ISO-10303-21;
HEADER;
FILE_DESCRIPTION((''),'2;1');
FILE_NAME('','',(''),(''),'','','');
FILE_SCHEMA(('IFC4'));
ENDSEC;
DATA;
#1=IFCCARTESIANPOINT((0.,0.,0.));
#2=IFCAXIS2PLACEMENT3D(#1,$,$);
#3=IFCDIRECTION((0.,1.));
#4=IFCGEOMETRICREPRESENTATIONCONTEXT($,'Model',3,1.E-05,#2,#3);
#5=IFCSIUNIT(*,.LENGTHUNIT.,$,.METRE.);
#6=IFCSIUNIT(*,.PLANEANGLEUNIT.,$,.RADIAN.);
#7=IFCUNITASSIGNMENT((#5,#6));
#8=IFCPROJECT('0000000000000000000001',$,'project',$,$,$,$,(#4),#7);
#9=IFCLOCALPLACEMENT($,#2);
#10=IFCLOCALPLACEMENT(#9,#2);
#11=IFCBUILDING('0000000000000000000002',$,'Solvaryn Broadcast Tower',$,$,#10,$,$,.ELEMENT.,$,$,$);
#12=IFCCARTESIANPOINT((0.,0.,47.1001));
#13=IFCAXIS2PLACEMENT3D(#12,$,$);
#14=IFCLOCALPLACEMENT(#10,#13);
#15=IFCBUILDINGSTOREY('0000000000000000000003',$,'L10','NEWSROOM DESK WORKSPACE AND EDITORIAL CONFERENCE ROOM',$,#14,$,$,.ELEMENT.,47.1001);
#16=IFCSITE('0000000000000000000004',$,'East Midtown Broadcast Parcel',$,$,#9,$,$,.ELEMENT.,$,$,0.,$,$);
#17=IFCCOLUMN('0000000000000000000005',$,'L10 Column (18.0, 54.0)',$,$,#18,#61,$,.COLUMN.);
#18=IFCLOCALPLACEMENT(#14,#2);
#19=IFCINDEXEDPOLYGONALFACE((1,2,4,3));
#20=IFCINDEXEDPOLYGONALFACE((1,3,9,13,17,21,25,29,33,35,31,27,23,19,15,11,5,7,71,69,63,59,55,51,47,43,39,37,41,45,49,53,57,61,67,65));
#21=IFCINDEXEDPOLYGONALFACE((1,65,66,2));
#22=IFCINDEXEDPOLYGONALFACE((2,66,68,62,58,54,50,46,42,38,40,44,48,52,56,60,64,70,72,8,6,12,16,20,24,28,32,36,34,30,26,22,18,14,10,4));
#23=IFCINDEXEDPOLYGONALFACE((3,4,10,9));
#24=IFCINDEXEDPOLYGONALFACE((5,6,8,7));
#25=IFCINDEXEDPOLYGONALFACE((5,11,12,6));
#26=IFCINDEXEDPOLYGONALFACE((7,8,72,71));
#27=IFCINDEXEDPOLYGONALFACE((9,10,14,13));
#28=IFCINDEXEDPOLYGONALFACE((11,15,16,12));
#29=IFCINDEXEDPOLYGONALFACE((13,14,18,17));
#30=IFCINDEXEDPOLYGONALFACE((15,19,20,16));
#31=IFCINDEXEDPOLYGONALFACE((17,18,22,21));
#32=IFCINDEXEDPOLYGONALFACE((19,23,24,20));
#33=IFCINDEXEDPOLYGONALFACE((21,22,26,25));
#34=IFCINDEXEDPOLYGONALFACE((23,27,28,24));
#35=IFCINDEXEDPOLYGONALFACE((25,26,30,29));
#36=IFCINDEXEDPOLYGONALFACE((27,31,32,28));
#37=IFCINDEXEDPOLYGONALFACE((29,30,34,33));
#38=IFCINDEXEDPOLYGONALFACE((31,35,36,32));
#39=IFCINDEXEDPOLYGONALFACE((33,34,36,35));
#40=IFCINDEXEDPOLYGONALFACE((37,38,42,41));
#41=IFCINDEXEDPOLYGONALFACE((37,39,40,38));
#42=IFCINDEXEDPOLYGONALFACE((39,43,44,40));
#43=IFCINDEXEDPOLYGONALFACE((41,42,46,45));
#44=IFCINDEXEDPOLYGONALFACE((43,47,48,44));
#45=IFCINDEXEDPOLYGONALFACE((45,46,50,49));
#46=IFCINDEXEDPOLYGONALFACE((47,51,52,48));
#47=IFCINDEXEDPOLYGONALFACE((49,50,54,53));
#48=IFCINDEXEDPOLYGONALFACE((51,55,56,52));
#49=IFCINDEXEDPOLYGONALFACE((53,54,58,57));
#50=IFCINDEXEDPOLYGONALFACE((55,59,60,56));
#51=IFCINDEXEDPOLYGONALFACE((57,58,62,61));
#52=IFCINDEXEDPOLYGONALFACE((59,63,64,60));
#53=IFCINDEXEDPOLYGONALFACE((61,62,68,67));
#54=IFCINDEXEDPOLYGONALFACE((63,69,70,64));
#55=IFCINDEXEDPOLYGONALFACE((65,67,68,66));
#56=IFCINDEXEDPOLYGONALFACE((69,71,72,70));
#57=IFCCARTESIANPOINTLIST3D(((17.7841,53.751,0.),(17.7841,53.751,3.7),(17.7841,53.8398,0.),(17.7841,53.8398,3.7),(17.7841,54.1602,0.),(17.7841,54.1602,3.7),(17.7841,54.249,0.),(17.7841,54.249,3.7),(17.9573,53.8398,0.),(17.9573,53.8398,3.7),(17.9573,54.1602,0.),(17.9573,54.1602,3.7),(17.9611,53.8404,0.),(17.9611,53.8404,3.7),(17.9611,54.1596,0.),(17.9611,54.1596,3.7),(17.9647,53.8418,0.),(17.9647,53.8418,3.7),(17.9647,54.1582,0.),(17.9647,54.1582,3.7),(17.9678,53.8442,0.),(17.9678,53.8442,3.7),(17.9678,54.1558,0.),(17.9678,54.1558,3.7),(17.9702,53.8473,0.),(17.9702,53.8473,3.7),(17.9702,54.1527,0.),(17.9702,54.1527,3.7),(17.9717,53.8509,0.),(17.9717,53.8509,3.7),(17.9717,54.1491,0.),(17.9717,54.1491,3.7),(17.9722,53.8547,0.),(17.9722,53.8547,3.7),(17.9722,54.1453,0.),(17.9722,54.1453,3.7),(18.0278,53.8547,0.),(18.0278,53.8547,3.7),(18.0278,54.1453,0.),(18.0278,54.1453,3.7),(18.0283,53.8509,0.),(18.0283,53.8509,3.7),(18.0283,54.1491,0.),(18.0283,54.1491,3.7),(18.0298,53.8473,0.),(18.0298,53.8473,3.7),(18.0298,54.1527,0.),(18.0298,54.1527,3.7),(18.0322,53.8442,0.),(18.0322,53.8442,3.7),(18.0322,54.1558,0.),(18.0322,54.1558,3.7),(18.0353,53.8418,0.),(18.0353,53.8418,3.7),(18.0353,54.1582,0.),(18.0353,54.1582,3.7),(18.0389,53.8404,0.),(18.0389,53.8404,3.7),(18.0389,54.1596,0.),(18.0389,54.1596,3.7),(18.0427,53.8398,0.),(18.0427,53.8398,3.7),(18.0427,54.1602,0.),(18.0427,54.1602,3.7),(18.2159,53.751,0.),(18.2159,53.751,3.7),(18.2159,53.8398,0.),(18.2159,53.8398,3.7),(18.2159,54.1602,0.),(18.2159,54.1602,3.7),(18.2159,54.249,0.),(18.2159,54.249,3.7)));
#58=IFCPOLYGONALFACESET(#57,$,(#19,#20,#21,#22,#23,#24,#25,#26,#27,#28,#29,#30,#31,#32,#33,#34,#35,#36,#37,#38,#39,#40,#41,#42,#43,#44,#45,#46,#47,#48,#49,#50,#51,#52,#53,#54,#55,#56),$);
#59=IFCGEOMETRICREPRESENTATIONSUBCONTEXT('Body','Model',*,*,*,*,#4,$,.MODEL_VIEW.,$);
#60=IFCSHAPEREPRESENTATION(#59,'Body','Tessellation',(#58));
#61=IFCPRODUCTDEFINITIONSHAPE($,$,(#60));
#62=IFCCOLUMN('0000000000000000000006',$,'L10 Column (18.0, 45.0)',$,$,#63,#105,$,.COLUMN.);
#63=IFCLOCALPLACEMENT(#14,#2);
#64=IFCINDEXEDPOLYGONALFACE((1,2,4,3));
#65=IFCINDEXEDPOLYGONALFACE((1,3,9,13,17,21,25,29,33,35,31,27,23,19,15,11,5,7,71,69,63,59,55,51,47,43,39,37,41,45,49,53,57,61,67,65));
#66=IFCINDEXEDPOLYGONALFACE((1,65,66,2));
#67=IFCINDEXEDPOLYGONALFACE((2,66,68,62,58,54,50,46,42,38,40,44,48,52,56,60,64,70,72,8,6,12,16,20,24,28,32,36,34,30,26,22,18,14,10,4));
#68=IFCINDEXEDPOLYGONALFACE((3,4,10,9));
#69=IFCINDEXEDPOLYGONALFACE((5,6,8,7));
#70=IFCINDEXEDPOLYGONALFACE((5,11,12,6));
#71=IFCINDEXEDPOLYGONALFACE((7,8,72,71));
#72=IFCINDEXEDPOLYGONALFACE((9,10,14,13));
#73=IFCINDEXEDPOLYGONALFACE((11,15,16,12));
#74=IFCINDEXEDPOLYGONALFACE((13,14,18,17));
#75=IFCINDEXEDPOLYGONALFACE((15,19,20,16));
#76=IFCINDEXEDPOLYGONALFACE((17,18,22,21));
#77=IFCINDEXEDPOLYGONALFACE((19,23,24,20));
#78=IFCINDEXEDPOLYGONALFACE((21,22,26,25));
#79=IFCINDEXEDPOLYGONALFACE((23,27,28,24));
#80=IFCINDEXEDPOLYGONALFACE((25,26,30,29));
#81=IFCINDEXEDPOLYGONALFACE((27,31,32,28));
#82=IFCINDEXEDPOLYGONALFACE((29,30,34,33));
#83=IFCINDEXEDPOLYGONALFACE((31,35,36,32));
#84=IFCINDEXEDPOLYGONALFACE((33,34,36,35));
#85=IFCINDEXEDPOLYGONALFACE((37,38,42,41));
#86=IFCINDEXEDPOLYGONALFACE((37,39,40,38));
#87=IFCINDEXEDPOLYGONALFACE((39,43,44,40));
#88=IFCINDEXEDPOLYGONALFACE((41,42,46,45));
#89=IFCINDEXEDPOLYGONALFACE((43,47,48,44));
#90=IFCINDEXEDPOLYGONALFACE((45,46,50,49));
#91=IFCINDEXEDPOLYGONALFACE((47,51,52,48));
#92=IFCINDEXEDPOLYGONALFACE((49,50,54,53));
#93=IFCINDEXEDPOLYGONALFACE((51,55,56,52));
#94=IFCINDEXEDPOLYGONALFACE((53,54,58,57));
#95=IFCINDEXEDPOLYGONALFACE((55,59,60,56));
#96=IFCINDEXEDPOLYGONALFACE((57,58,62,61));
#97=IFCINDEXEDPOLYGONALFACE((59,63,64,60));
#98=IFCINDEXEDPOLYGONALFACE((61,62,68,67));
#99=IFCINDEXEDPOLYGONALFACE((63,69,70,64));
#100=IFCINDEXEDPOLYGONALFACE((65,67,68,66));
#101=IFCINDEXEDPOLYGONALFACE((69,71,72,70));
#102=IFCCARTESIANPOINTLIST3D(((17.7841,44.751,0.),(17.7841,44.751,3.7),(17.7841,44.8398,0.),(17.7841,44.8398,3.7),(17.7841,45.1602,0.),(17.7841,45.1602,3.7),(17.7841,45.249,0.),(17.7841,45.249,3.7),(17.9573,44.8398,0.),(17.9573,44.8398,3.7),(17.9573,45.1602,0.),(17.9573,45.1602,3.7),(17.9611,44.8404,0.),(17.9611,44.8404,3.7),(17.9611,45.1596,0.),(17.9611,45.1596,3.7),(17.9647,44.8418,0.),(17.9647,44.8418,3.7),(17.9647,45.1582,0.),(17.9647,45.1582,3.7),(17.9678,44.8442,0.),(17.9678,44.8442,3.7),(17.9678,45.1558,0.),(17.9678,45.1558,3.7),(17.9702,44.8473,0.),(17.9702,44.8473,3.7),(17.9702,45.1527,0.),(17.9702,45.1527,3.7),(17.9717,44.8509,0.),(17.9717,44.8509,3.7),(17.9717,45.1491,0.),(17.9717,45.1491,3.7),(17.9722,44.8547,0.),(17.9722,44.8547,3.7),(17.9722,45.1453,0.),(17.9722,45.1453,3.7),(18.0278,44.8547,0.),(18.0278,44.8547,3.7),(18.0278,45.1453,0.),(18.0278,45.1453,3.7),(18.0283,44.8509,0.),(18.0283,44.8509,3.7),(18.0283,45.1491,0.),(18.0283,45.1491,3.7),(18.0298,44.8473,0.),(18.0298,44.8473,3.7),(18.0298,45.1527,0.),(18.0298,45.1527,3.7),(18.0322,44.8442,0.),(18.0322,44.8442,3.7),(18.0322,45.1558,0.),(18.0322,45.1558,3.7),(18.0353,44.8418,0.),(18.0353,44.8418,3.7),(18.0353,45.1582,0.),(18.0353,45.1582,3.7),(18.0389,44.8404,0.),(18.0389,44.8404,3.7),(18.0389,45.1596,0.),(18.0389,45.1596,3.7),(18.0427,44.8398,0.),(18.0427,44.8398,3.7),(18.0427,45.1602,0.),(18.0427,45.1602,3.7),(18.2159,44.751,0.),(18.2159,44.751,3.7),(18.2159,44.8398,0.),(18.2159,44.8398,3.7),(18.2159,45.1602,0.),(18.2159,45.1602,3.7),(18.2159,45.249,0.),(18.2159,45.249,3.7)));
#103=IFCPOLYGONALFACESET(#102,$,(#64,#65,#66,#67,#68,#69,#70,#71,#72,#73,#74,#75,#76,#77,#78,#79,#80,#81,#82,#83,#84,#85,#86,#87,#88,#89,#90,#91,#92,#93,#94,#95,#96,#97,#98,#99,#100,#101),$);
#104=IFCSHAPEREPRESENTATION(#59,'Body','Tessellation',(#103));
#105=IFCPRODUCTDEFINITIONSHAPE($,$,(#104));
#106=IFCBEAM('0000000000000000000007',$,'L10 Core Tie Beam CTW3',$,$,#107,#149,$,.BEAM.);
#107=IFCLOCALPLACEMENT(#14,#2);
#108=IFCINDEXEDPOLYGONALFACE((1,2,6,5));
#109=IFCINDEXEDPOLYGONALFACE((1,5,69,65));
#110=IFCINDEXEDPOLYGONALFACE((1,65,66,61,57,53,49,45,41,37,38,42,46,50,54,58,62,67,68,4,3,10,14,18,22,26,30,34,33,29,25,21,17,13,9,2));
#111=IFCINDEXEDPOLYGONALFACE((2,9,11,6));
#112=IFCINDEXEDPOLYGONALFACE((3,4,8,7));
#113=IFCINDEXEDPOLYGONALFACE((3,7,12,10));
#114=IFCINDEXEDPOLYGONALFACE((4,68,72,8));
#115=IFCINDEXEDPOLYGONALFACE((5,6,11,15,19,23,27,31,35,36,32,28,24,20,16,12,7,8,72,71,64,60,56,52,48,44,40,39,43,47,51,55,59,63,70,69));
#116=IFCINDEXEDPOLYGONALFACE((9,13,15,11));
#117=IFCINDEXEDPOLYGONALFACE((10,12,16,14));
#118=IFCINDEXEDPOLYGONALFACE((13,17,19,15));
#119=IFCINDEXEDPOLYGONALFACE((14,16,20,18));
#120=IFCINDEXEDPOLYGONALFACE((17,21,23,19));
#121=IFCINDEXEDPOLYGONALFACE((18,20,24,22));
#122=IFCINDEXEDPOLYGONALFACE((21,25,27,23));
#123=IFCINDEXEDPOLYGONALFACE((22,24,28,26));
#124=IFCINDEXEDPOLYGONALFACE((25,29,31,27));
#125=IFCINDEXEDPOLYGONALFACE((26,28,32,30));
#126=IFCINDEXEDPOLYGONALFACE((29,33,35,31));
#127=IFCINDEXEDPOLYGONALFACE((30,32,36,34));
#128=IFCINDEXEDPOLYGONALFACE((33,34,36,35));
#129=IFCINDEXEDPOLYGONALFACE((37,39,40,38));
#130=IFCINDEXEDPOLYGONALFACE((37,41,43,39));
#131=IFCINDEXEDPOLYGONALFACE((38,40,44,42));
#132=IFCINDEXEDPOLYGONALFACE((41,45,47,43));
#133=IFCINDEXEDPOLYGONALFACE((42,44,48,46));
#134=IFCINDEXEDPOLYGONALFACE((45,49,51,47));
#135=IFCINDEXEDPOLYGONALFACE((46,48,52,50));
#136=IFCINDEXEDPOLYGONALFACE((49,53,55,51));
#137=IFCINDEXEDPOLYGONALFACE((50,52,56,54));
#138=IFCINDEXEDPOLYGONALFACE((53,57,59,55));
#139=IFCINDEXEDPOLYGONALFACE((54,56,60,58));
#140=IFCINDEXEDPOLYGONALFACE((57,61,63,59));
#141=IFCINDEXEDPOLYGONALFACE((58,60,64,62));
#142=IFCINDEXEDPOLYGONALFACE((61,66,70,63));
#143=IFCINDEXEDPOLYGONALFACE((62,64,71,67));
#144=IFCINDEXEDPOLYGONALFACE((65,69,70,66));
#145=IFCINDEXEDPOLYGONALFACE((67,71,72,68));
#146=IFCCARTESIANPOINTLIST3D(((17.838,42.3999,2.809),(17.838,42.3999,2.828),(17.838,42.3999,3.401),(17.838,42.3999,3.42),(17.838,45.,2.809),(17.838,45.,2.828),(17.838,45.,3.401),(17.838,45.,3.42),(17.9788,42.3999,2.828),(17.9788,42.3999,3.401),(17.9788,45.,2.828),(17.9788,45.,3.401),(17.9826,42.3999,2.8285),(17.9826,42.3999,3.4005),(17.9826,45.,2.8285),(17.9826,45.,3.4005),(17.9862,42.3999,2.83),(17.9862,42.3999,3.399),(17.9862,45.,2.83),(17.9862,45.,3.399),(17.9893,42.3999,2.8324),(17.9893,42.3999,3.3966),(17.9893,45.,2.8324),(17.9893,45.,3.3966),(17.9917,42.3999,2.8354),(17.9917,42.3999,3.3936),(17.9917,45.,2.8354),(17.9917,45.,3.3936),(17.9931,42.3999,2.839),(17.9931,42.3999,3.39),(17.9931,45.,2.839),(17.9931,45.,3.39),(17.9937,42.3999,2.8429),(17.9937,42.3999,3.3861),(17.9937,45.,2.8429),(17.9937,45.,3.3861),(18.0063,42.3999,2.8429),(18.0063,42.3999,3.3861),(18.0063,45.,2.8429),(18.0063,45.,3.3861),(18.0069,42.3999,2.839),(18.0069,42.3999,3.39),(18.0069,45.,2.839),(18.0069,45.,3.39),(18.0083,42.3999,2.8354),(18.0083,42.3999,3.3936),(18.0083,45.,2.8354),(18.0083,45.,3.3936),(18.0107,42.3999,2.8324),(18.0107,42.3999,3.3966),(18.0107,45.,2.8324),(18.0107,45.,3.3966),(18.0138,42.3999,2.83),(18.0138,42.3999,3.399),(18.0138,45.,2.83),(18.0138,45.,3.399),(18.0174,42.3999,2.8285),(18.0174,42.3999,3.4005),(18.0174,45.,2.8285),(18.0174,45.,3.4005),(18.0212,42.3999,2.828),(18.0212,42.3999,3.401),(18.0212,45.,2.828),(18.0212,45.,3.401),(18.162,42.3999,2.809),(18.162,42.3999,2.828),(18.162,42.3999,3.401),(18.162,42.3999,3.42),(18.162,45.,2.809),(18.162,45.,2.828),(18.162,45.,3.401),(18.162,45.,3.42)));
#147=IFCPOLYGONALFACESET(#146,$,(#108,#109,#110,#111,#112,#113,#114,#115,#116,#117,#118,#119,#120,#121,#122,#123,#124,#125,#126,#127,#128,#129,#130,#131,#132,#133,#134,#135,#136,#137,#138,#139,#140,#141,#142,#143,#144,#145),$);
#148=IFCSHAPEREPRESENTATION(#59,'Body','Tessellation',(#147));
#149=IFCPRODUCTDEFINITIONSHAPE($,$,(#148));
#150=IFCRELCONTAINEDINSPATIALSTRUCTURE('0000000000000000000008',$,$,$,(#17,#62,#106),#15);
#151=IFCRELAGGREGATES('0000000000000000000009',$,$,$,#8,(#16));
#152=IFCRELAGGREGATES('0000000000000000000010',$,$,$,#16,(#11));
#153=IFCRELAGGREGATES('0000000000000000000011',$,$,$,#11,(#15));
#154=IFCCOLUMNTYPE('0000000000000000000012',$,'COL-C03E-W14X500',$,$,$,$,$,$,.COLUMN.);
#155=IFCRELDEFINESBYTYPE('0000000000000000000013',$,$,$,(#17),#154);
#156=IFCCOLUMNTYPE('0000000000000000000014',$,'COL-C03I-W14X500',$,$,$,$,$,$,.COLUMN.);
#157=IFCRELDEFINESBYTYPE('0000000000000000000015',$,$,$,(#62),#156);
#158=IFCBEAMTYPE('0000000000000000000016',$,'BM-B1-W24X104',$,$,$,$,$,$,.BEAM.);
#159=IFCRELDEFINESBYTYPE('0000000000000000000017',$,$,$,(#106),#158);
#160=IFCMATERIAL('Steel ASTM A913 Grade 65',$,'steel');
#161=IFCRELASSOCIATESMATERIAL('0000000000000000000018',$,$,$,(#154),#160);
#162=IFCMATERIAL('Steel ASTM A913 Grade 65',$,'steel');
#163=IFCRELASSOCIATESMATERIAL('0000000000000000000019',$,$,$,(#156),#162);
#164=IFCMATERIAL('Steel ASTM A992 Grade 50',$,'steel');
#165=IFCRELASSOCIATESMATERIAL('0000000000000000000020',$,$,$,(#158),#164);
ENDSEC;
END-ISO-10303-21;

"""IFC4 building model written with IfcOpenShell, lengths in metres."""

from ifc_helpers import new_model, si_unit, direction, frame, origin, origin_2d, place, context, subcontext, project, spatial, i_section, extrude, material, material_profile, profile_set, type_object, element, save


model = new_model("IFC4")

# Units and contexts
model_context = context("Model", 3, precision=1e-05, world=origin(), true_north=direction((0.0, 1.0)))
body_context = subcontext(model_context, "Body", "Model", "MODEL_VIEW")
ifc_project = project(units=[si_unit("LENGTHUNIT", "METRE"), si_unit("PLANEANGLEUNIT", "RADIAN")], contexts=[model_context])

# Site, building, storey
site_placement = place(None, origin())
site = spatial("IfcSite", under=ifc_project, at=site_placement, Name="East Midtown Broadcast Parcel", CompositionType="ELEMENT", RefElevation=0.0)
building_placement = place(site_placement, origin())
building = spatial("IfcBuilding", under=site, at=building_placement, Name="Solvaryn Broadcast Tower", CompositionType="ELEMENT")
storey_placement = place(building_placement, frame((0.0, 0.0, 47.1001)))
storey = spatial("IfcBuildingStorey", under=building, at=storey_placement, Name="L10", Description="NEWSROOM DESK WORKSPACE AND EDITORIAL CONFERENCE ROOM", CompositionType="ELEMENT", Elevation=47.1001)

# Columns
ifc_material_1 = material(Name="Steel ASTM A913 Grade 65", Category="steel")
ifc_material_profile_1 = material_profile(ifc_material_1, i_section(OverallWidth=0.4319, OverallDepth=0.498, WebThickness=0.0557, FlangeThickness=0.0889, FilletRadius=0.0149, at=origin_2d()))
ifc_profile_set_1 = profile_set([ifc_material_profile_1], Name="Steel ASTM A913 Grade 65")
column_type_1 = type_object("IfcColumnType", Name="COL-C03E-W14X500", PredefinedType="COLUMN", material=ifc_profile_set_1)
column_1_placement = place(storey_placement, frame((18.0, 54.0, 0.0), z_axis=(0.0, 0.0, 1.0), x_axis=(1.0, 0.0, 0.0)))
element("IfcColumn", 1, at=column_1_placement, inside=storey, type_object=column_type_1, Name="L10 Column (18.0, 54.0)", PredefinedType="COLUMN", context=body_context, shape_type="SweptSolid", body=[
    extrude(i_section(OverallWidth=0.4319, OverallDepth=0.498, WebThickness=0.0557, FlangeThickness=0.0889, FilletRadius=0.0149, at=origin_2d()), origin(), (0.0, 0.0, 1.0), 3.7),
])
ifc_material_2 = material(Name="Steel ASTM A913 Grade 65", Category="steel")
ifc_material_profile_2 = material_profile(ifc_material_2, i_section(OverallWidth=0.4319, OverallDepth=0.498, WebThickness=0.0557, FlangeThickness=0.0889, FilletRadius=0.0149, at=origin_2d()))
ifc_profile_set_2 = profile_set([ifc_material_profile_2], Name="Steel ASTM A913 Grade 65")
column_type_2 = type_object("IfcColumnType", Name="COL-C03I-W14X500", PredefinedType="COLUMN", material=ifc_profile_set_2)
column_2_placement = place(storey_placement, frame((18.0, 45.0, 0.0), z_axis=(0.0, 0.0, 1.0), x_axis=(1.0, 0.0, 0.0)))
element("IfcColumn", 2, at=column_2_placement, inside=storey, type_object=column_type_2, Name="L10 Column (18.0, 45.0)", PredefinedType="COLUMN", context=body_context, shape_type="SweptSolid", body=[
    extrude(i_section(OverallWidth=0.4319, OverallDepth=0.498, WebThickness=0.0557, FlangeThickness=0.0889, FilletRadius=0.0149, at=origin_2d()), origin(), (0.0, 0.0, 1.0), 3.7),
])

# Beam
ifc_material_3 = material(Name="Steel ASTM A992 Grade 50", Category="steel")
ifc_material_profile_3 = material_profile(ifc_material_3, i_section(OverallWidth=0.324, OverallDepth=0.6111, WebThickness=0.0127, FlangeThickness=0.019, FilletRadius=0.0149, at=origin_2d()))
ifc_profile_set_3 = profile_set([ifc_material_profile_3], Name="Steel ASTM A992 Grade 50")
beam_type_1 = type_object("IfcBeamType", Name="BM-B1-W24X104", PredefinedType="BEAM", material=ifc_profile_set_3)
beam_1_placement = place(storey_placement, frame((18.0, 42.3999, 3.1145), z_axis=(0.0, 1.0, 0.0), x_axis=(-1.0, 0.0, 0.0)))
element("IfcBeam", 3, at=beam_1_placement, inside=storey, type_object=beam_type_1, Name="L10 Core Tie Beam CTW3", PredefinedType="BEAM", context=body_context, shape_type="SweptSolid", body=[
    extrude(i_section(OverallWidth=0.324, OverallDepth=0.6111, WebThickness=0.0127, FlangeThickness=0.019, FilletRadius=0.0149, at=origin_2d()), origin(), (0.0, 0.0, 1.0), 2.6001),
])

save(model, "model.ifc")
